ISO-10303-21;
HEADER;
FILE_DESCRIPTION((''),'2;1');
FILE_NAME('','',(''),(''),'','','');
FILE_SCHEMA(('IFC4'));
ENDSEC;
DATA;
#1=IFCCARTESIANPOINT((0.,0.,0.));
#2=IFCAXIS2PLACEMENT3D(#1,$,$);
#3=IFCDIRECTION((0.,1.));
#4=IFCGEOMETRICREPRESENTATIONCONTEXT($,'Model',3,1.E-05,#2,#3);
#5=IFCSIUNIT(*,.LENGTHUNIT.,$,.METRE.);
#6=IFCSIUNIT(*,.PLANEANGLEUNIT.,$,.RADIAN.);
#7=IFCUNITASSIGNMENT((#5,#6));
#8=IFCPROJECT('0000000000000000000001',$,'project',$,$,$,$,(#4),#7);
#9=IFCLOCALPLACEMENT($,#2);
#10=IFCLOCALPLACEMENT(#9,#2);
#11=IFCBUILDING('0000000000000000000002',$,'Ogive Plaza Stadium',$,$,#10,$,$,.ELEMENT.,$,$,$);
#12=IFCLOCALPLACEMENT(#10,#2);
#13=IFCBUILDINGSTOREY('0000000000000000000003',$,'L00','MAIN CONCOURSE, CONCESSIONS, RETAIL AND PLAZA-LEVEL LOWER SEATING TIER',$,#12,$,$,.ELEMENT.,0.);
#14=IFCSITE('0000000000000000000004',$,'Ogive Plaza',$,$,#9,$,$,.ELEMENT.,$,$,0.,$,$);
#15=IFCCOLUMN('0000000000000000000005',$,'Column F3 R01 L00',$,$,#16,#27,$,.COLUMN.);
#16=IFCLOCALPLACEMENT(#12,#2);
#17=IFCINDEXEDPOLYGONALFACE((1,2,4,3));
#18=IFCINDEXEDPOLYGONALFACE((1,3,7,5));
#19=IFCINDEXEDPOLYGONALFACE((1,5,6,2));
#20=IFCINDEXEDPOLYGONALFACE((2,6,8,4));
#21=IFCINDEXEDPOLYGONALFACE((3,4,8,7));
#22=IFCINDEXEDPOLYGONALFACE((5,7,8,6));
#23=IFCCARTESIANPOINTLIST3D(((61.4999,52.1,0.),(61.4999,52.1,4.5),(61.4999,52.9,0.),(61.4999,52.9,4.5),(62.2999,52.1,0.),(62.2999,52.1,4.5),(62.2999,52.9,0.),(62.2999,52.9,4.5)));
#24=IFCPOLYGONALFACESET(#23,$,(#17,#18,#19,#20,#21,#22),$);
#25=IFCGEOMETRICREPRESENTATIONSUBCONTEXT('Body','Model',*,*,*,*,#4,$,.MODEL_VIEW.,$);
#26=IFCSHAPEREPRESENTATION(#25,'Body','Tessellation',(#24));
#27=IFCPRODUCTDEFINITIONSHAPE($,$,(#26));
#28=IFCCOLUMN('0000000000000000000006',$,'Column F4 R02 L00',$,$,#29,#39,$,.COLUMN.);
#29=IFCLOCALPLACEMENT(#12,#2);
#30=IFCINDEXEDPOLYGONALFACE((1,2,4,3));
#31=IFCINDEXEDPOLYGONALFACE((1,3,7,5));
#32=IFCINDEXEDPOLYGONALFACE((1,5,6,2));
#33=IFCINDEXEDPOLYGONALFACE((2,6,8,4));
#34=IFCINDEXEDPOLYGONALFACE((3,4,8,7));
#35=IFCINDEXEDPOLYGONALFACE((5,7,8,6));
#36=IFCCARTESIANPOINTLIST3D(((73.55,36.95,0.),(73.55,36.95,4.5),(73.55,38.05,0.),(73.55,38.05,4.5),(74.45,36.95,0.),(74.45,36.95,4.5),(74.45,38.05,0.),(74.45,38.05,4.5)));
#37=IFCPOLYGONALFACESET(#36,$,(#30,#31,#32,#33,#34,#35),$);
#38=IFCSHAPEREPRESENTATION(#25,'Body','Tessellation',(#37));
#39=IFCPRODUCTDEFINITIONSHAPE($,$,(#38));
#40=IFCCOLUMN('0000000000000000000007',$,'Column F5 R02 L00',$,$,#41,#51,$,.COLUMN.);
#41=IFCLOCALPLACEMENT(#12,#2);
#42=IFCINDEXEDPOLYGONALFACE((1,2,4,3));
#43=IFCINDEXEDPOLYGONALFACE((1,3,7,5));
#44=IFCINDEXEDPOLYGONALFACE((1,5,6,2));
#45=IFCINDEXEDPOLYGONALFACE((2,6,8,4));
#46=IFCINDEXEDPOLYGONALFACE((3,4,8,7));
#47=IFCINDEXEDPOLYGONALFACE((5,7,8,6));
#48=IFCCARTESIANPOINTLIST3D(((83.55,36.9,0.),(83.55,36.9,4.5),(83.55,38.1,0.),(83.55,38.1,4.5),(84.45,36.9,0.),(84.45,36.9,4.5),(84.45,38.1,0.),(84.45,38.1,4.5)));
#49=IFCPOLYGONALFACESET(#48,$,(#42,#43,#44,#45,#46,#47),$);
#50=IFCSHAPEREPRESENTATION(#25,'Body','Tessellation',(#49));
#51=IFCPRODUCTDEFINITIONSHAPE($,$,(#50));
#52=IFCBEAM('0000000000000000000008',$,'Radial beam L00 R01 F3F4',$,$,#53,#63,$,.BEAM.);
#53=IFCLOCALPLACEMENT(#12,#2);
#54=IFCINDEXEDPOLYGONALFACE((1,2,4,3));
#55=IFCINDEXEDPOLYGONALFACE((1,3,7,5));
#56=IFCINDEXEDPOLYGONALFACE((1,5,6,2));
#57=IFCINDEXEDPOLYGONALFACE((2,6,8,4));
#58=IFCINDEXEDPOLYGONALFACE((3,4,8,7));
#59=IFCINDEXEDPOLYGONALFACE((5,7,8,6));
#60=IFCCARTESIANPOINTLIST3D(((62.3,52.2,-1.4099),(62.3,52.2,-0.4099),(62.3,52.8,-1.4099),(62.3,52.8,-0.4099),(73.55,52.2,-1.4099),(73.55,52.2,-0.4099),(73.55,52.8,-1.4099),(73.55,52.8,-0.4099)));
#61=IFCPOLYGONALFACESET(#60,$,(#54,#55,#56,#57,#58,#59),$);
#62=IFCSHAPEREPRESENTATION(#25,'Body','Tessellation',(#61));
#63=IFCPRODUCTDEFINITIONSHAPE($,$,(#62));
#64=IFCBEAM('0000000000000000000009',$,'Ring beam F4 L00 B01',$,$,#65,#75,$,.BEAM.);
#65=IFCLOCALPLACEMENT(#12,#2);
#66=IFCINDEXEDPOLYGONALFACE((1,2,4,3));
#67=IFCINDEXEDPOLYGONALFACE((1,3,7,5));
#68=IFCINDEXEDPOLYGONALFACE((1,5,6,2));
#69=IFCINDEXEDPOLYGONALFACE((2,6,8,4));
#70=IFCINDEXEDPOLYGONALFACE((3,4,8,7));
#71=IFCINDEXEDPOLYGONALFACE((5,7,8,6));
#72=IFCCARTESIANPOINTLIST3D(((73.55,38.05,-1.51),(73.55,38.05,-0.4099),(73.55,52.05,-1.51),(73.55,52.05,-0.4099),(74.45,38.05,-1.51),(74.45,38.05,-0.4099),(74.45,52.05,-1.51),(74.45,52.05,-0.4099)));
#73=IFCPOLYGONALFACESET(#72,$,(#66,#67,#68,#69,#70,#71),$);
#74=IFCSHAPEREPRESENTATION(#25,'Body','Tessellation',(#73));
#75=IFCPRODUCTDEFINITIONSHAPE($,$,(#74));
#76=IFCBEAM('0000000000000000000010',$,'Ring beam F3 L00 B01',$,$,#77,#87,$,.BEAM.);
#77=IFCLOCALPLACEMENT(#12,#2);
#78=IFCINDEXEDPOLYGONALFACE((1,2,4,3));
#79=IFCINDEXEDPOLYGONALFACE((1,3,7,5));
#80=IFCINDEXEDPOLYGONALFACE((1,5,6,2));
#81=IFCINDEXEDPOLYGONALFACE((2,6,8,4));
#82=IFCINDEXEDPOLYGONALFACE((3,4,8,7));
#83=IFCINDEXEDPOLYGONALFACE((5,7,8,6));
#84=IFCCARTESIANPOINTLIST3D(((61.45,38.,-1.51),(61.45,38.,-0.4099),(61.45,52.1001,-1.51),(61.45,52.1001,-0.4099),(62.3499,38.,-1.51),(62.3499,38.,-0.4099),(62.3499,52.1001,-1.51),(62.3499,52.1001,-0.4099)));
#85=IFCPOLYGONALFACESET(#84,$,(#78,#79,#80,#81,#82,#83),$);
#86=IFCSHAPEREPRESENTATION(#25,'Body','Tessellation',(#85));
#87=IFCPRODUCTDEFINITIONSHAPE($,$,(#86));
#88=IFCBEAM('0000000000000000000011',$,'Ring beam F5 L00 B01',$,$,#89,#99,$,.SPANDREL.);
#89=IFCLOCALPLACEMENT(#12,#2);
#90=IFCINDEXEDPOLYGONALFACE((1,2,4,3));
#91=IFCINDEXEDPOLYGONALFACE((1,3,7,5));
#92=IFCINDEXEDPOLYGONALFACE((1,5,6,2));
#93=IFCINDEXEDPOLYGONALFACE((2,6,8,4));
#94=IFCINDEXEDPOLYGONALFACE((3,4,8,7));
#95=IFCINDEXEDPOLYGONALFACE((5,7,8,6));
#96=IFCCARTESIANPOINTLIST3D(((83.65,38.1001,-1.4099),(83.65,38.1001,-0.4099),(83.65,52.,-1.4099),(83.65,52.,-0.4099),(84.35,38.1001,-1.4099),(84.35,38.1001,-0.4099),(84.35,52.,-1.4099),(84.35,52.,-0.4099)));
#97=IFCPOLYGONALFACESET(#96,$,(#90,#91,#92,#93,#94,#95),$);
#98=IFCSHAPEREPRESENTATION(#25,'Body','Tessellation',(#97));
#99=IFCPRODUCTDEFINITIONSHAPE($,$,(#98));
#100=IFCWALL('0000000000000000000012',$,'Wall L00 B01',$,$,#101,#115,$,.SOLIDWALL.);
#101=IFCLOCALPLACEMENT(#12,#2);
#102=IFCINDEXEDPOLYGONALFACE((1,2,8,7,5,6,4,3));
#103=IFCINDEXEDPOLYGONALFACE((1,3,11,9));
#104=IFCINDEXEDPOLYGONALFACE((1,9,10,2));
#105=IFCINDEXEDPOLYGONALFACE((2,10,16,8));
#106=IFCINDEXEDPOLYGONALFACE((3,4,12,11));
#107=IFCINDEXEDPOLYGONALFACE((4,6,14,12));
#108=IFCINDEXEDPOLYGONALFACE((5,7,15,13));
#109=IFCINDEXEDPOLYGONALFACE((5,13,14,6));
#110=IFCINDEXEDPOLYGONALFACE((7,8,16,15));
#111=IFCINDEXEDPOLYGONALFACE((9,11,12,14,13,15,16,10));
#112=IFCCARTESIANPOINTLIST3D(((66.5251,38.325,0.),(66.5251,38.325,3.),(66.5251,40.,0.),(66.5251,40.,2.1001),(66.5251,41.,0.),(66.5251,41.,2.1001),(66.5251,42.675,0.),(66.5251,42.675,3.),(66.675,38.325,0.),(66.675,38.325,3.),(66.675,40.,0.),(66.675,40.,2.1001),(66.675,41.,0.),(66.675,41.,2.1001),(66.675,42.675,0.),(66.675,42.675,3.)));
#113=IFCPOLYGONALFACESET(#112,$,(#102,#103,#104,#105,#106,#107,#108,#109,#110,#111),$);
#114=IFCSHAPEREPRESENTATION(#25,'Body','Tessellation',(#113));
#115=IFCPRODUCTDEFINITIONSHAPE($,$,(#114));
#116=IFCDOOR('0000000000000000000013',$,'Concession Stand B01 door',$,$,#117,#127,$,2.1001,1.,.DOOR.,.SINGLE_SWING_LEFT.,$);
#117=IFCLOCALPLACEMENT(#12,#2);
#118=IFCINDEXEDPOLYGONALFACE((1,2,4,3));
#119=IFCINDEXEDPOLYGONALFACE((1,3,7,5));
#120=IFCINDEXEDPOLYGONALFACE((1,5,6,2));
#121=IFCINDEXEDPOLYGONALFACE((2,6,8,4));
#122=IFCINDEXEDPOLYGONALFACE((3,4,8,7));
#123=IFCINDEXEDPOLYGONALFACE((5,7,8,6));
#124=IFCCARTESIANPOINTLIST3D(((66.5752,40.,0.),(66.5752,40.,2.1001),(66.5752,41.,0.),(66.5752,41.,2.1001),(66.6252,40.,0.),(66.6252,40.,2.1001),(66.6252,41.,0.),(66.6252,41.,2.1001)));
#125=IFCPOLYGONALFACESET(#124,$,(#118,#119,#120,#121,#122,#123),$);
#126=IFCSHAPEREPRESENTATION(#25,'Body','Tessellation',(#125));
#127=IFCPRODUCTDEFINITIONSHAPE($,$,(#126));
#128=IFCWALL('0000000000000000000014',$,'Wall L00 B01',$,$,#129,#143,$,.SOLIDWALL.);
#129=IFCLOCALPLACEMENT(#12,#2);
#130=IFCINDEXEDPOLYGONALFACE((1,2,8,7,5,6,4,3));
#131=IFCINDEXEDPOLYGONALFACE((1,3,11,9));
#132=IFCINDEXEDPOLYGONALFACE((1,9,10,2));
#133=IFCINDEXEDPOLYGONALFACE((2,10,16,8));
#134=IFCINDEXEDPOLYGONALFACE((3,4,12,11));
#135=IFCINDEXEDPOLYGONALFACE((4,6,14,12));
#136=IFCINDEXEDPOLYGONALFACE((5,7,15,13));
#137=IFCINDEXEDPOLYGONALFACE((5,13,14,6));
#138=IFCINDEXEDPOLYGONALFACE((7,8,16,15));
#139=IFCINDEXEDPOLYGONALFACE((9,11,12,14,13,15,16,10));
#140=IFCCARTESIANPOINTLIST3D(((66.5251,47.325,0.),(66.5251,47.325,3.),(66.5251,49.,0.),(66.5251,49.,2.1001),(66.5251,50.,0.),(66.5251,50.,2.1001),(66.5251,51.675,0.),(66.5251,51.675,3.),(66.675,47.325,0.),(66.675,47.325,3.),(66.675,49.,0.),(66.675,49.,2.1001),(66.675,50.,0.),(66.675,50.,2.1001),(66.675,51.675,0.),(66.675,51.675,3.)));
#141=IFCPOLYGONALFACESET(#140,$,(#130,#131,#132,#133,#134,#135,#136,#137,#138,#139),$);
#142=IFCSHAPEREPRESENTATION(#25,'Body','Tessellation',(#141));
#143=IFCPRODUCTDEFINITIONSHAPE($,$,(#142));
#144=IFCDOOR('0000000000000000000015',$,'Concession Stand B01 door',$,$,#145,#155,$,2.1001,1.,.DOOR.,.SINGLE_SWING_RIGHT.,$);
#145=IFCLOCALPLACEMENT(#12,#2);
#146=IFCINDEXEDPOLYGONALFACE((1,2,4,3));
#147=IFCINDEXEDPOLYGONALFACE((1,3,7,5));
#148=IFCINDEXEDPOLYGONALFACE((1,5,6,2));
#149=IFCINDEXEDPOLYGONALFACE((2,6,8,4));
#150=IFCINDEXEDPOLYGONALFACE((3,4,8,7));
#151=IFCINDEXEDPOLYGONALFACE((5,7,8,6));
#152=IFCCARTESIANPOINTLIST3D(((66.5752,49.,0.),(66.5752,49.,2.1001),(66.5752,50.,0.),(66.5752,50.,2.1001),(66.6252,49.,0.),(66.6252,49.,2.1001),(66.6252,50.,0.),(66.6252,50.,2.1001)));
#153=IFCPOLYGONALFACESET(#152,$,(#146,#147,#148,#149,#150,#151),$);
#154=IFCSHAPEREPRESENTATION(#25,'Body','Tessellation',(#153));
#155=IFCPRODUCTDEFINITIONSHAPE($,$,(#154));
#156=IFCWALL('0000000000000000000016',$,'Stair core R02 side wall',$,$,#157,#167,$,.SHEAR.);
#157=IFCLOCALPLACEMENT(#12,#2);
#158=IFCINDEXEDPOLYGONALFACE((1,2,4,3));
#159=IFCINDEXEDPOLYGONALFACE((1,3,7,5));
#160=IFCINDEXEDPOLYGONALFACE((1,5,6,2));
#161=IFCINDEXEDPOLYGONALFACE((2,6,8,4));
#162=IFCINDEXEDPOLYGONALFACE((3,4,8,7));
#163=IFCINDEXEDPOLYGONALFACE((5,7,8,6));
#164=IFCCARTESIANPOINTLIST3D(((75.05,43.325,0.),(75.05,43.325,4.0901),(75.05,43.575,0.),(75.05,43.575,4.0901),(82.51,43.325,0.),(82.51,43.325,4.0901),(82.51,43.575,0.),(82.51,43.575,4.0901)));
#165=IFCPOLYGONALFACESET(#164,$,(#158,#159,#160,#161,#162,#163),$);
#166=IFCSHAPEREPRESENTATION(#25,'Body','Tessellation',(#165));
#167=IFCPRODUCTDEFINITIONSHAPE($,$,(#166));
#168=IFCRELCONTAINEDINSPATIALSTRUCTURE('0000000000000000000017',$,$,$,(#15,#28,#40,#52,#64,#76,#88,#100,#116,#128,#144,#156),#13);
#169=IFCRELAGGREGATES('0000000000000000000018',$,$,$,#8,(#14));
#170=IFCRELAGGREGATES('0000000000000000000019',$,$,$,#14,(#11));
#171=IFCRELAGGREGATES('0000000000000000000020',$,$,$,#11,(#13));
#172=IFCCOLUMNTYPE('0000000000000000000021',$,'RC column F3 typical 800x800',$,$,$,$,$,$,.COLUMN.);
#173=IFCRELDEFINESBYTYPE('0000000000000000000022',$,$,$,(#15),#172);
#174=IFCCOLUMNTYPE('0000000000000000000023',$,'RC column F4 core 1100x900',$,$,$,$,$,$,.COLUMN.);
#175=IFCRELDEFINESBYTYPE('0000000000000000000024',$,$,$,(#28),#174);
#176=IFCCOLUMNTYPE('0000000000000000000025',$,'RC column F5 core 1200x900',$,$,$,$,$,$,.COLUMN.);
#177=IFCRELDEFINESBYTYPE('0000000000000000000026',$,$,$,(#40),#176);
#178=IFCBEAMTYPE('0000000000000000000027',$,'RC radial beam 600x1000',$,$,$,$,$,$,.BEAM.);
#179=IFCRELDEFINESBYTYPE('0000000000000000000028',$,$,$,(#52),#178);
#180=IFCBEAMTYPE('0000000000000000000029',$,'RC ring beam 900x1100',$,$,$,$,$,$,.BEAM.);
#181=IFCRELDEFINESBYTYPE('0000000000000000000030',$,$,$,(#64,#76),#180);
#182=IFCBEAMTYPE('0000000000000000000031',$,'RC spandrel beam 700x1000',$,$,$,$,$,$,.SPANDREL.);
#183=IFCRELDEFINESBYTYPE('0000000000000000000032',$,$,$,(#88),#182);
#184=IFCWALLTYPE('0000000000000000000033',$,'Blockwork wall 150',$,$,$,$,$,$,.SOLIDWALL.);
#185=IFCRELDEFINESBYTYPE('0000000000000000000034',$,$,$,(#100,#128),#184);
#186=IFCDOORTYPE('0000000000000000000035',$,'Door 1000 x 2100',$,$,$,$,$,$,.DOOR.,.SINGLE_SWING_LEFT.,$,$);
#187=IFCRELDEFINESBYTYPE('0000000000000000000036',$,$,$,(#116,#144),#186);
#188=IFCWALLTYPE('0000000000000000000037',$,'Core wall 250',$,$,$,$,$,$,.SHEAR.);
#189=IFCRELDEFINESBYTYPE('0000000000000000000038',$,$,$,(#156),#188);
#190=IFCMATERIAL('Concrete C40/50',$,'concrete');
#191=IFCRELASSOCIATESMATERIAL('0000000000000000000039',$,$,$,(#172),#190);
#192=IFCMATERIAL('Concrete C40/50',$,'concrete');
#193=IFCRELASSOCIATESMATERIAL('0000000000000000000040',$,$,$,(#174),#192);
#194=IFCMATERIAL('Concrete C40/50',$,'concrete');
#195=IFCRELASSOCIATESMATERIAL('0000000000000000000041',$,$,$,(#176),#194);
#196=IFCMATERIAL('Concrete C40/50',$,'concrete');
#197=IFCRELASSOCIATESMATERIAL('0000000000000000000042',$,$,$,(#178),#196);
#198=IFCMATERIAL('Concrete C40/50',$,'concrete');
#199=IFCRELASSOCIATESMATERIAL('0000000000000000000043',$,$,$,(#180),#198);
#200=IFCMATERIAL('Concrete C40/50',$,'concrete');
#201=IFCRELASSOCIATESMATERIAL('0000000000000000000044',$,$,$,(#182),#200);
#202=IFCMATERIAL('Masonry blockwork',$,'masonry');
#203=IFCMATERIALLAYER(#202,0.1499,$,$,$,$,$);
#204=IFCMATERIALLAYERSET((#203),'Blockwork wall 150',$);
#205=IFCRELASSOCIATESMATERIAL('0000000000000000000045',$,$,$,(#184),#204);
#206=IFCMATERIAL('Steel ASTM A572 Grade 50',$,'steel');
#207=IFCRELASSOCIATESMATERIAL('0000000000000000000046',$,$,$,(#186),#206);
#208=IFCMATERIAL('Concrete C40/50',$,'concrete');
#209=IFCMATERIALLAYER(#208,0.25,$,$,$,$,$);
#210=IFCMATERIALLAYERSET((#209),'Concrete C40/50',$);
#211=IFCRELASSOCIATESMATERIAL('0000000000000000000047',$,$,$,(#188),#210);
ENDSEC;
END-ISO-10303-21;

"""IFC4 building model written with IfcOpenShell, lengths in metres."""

from ifc_helpers import new_model, si_unit, direction, frame, frame_2d, origin, origin_2d, place, context, subcontext, project, spatial, rectangle, extrude, material, layer, layer_set, material_profile, profile_set, type_object, element, fill, save


model = new_model("IFC4")

# Units and contexts
model_context = context("Model", 3, precision=1e-05, world=origin(), true_north=direction((0.0, 1.0)))
body_context = subcontext(model_context, "Body", "Model", "MODEL_VIEW")
ifc_project = project(units=[si_unit("LENGTHUNIT", "METRE"), si_unit("PLANEANGLEUNIT", "RADIAN")], contexts=[model_context])

# Site, building, storey
site_placement = place(None, origin())
site = spatial("IfcSite", under=ifc_project, at=site_placement, Name="Ogive Plaza", CompositionType="ELEMENT", RefElevation=0.0)
building_placement = place(site_placement, origin())
building = spatial("IfcBuilding", under=site, at=building_placement, Name="Ogive Plaza Stadium", CompositionType="ELEMENT")
storey_placement = place(building_placement, origin())
storey = spatial("IfcBuildingStorey", under=building, at=storey_placement, Name="L00", Description="MAIN CONCOURSE, CONCESSIONS, RETAIL AND PLAZA-LEVEL LOWER SEATING TIER", CompositionType="ELEMENT", Elevation=0.0)

# Columns
ifc_material_1 = material(Name="Concrete C40/50", Category="concrete")
ifc_material_profile_1 = material_profile(ifc_material_1, rectangle(XDim=0.8, YDim=0.8, at=origin_2d()), Name="RC 800x800")
ifc_profile_set_1 = profile_set([ifc_material_profile_1], Name="Concrete C40/50")
column_type_1 = type_object("IfcColumnType", Name="RC column F3 typical 800x800", PredefinedType="COLUMN", material=ifc_profile_set_1)
column_1_placement = place(storey_placement, frame((61.8999, 52.5, 0.0), z_axis=(0.0, 0.0, 1.0), x_axis=(0.0, 1.0, 0.0)))
element("IfcColumn", 1, at=column_1_placement, inside=storey, type_object=column_type_1, Name="Column F3 R01 L00", PredefinedType="COLUMN", context=body_context, shape_type="SweptSolid", body=[
    extrude(rectangle(XDim=0.8, YDim=0.8, at=origin_2d()), origin(), (0.0, 0.0, 1.0), 4.5),
])
ifc_material_2 = material(Name="Concrete C40/50", Category="concrete")
ifc_material_profile_2 = material_profile(ifc_material_2, rectangle(XDim=1.1001, YDim=0.8999, at=origin_2d()), Name="RC 1100x900")
ifc_profile_set_2 = profile_set([ifc_material_profile_2], Name="Concrete C40/50")
column_type_2 = type_object("IfcColumnType", Name="RC column F4 core 1100x900", PredefinedType="COLUMN", material=ifc_profile_set_2)
column_2_placement = place(storey_placement, frame((74.0, 37.5, 0.0), z_axis=(0.0, 0.0, 1.0), x_axis=(0.0, 1.0, 0.0)))
element("IfcColumn", 2, at=column_2_placement, inside=storey, type_object=column_type_2, Name="Column F4 R02 L00", PredefinedType="COLUMN", context=body_context, shape_type="SweptSolid", body=[
    extrude(rectangle(XDim=1.1001, YDim=0.8999, at=origin_2d()), origin(), (0.0, 0.0, 1.0), 4.5),
])
ifc_material_3 = material(Name="Concrete C40/50", Category="concrete")
ifc_material_profile_3 = material_profile(ifc_material_3, rectangle(XDim=1.2, YDim=0.8999, at=origin_2d()), Name="RC 1200x900")
ifc_profile_set_3 = profile_set([ifc_material_profile_3], Name="Concrete C40/50")
column_type_3 = type_object("IfcColumnType", Name="RC column F5 core 1200x900", PredefinedType="COLUMN", material=ifc_profile_set_3)
column_3_placement = place(storey_placement, frame((84.0, 37.5, 0.0), z_axis=(0.0, 0.0, 1.0), x_axis=(0.0, 1.0, 0.0)))
element("IfcColumn", 3, at=column_3_placement, inside=storey, type_object=column_type_3, Name="Column F5 R02 L00", PredefinedType="COLUMN", context=body_context, shape_type="SweptSolid", body=[
    extrude(rectangle(XDim=1.2, YDim=0.8999, at=origin_2d()), origin(), (0.0, 0.0, 1.0), 4.5),
])

# Beams
ifc_material_4 = material(Name="Concrete C40/50", Category="concrete")
ifc_material_profile_4 = material_profile(ifc_material_4, rectangle(XDim=0.6001, YDim=1.0, at=origin_2d()), Name="RC 600x1000")
ifc_profile_set_4 = profile_set([ifc_material_profile_4], Name="Concrete C40/50")
beam_type_1 = type_object("IfcBeamType", Name="RC radial beam 600x1000", PredefinedType="BEAM", material=ifc_profile_set_4)
beam_1_placement = place(storey_placement, frame((62.3, 52.5, -0.9099), z_axis=(1.0, 0.0, 0.0), x_axis=(0.0, 1.0, 0.0)))
element("IfcBeam", 4, at=beam_1_placement, inside=storey, type_object=beam_type_1, Name="Radial beam L00 R01 F3F4", PredefinedType="BEAM", context=body_context, shape_type="SweptSolid", body=[
    extrude(rectangle(XDim=0.6001, YDim=1.0, at=origin_2d()), origin(), (0.0, 0.0, 1.0), 11.25),
])
ifc_material_5 = material(Name="Concrete C40/50", Category="concrete")
ifc_material_profile_5 = material_profile(ifc_material_5, rectangle(XDim=0.8999, YDim=1.1001, at=origin_2d()), Name="RC 900x1100")
ifc_profile_set_5 = profile_set([ifc_material_profile_5], Name="Concrete C40/50")
beam_type_2 = type_object("IfcBeamType", Name="RC ring beam 900x1100", PredefinedType="BEAM", material=ifc_profile_set_5)
beam_2_placement = place(storey_placement, frame((74.0, 52.05, -0.96), z_axis=(0.0, -1.0, 0.0), x_axis=(1.0, 0.0, 0.0)))
element("IfcBeam", 5, at=beam_2_placement, inside=storey, type_object=beam_type_2, Name="Ring beam F4 L00 B01", PredefinedType="BEAM", context=body_context, shape_type="SweptSolid", body=[
    extrude(rectangle(XDim=0.8999, YDim=1.1001, at=origin_2d()), origin(), (0.0, 0.0, 1.0), 14.0),
])
beam_3_placement = place(storey_placement, frame((61.8999, 52.1001, -0.96), z_axis=(0.0, -1.0, 0.0), x_axis=(1.0, 0.0, 0.0)))
element("IfcBeam", 6, at=beam_3_placement, inside=storey, type_object=beam_type_2, Name="Ring beam F3 L00 B01", PredefinedType="BEAM", context=body_context, shape_type="SweptSolid", body=[
    extrude(rectangle(XDim=0.8999, YDim=1.1001, at=origin_2d()), origin(), (0.0, 0.0, 1.0), 14.1001),
])
ifc_material_6 = material(Name="Concrete C40/50", Category="concrete")
ifc_material_profile_6 = material_profile(ifc_material_6, rectangle(XDim=0.7, YDim=1.0, at=origin_2d()), Name="RC 700x1000")
ifc_profile_set_6 = profile_set([ifc_material_profile_6], Name="Concrete C40/50")
beam_type_3 = type_object("IfcBeamType", Name="RC spandrel beam 700x1000", PredefinedType="SPANDREL", material=ifc_profile_set_6)
beam_4_placement = place(storey_placement, frame((84.0, 52.0, -0.9099), z_axis=(0.0, -1.0, 0.0), x_axis=(1.0, 0.0, 0.0)))
element("IfcBeam", 7, at=beam_4_placement, inside=storey, type_object=beam_type_3, Name="Ring beam F5 L00 B01", PredefinedType="SPANDREL", context=body_context, shape_type="SweptSolid", body=[
    extrude(rectangle(XDim=0.7, YDim=1.0, at=origin_2d()), origin(), (0.0, 0.0, 1.0), 13.8999),
])

# Walls, openings, doors
ifc_material_7 = material(Name="Masonry blockwork", Category="masonry")
ifc_layer_1 = layer(ifc_material_7, 0.1499)
ifc_layer_set_1 = layer_set([ifc_layer_1], Name="Blockwork wall 150")
wall_type_1 = type_object("IfcWallType", Name="Blockwork wall 150", PredefinedType="SOLIDWALL", material=ifc_layer_set_1)
wall_1_placement = place(storey_placement, frame((66.6001, 38.325, 0.0), z_axis=(0.0, 0.0, 1.0), x_axis=(0.0, 1.0, 0.0)))
wall_1 = element("IfcWall", 8, at=wall_1_placement, inside=storey, type_object=wall_type_1, Name="Wall L00 B01", PredefinedType="SOLIDWALL", context=body_context, shape_type="SweptSolid", body=[
    extrude(rectangle(XDim=4.3501, YDim=0.1499, at=frame_2d((2.175, 0.0))), origin(), (0.0, 0.0, 1.0), 3.0),
])
opening_1_placement = place(wall_1_placement, frame((1.675, 0.0, 0.0)))
opening_1 = element("IfcOpeningElement", 9, at=opening_1_placement, cuts=wall_1, PredefinedType="OPENING", context=body_context, shape_type="SweptSolid", body=[
    extrude(rectangle(XDim=1.0, YDim=2.1001, at=frame_2d((0.5, 1.05))), frame((0.0, 0.075, 0.0), z_axis=(0.0, -1.0, 0.0), x_axis=(1.0, 0.0, 0.0)), (0.0, 0.0, 1.0), 0.1499),
])
ifc_material_8 = material(Name="Steel ASTM A572 Grade 50", Category="steel")
door_type_1 = type_object("IfcDoorType", Name="Door 1000 x 2100", OperationType="SINGLE_SWING_LEFT", PredefinedType="DOOR", material=ifc_material_8)
door_1_placement = place(opening_1_placement, origin())
door_1 = element("IfcDoor", 10, at=door_1_placement, inside=storey, type_object=door_type_1, Name="Concession Stand B01 door", OperationType="SINGLE_SWING_LEFT", OverallHeight=2.1001, OverallWidth=1.0, PredefinedType="DOOR", context=body_context, shape_type="SweptSolid", body=[
    extrude(rectangle(XDim=1.0, YDim=2.1001, at=frame_2d((0.5, 1.05))), frame((0.0, 0.0249, 0.0), z_axis=(0.0, -1.0, 0.0), x_axis=(1.0, 0.0, 0.0)), (0.0, 0.0, 1.0), 0.05),
])
fill(opening_1, door_1)
wall_2_placement = place(storey_placement, frame((66.6001, 47.325, 0.0), z_axis=(0.0, 0.0, 1.0), x_axis=(0.0, 1.0, 0.0)))
wall_2 = element("IfcWall", 11, at=wall_2_placement, inside=storey, type_object=wall_type_1, Name="Wall L00 B01", PredefinedType="SOLIDWALL", context=body_context, shape_type="SweptSolid", body=[
    extrude(rectangle(XDim=4.3501, YDim=0.1499, at=frame_2d((2.175, 0.0))), origin(), (0.0, 0.0, 1.0), 3.0),
])
opening_2_placement = place(wall_2_placement, frame((1.675, 0.0, 0.0)))
opening_2 = element("IfcOpeningElement", 12, at=opening_2_placement, cuts=wall_2, PredefinedType="OPENING", context=body_context, shape_type="SweptSolid", body=[
    extrude(rectangle(XDim=1.0, YDim=2.1001, at=frame_2d((0.5, 1.05))), frame((0.0, 0.075, 0.0), z_axis=(0.0, -1.0, 0.0), x_axis=(1.0, 0.0, 0.0)), (0.0, 0.0, 1.0), 0.1499),
])
door_2_placement = place(opening_2_placement, origin())
door_2 = element("IfcDoor", 13, at=door_2_placement, inside=storey, type_object=door_type_1, Name="Concession Stand B01 door", OperationType="SINGLE_SWING_RIGHT", OverallHeight=2.1001, OverallWidth=1.0, PredefinedType="DOOR", context=body_context, shape_type="SweptSolid", body=[
    extrude(rectangle(XDim=1.0, YDim=2.1001, at=frame_2d((0.5, 1.05))), frame((0.0, 0.0249, 0.0), z_axis=(0.0, -1.0, 0.0), x_axis=(1.0, 0.0, 0.0)), (0.0, 0.0, 1.0), 0.05),
])
fill(opening_2, door_2)

# Wall
ifc_material_9 = material(Name="Concrete C40/50", Category="concrete")
ifc_layer_2 = layer(ifc_material_9, 0.25)
ifc_layer_set_2 = layer_set([ifc_layer_2], Name="Concrete C40/50")
wall_type_2 = type_object("IfcWallType", Name="Core wall 250", PredefinedType="SHEAR", material=ifc_layer_set_2)
for number, where, z_axis, x_axis, name in (
    (14, (75.05, 43.45, 0.0), (0.0, 0.0, 1.0), (1.0, 0.0, 0.0), "Stair core R02 side wall"),
):
    element("IfcWall", number, at=place(storey_placement, frame(where, z_axis=z_axis, x_axis=x_axis)), inside=storey, type_object=wall_type_2, Name=name, PredefinedType="SHEAR", context=body_context, shape_type="SweptSolid", body=[
        extrude(rectangle(XDim=7.46, YDim=0.25, at=frame_2d((3.73, 0.0))), origin(), (0.0, 0.0, 1.0), 4.0901),
    ])

save(model, "model.ifc")
